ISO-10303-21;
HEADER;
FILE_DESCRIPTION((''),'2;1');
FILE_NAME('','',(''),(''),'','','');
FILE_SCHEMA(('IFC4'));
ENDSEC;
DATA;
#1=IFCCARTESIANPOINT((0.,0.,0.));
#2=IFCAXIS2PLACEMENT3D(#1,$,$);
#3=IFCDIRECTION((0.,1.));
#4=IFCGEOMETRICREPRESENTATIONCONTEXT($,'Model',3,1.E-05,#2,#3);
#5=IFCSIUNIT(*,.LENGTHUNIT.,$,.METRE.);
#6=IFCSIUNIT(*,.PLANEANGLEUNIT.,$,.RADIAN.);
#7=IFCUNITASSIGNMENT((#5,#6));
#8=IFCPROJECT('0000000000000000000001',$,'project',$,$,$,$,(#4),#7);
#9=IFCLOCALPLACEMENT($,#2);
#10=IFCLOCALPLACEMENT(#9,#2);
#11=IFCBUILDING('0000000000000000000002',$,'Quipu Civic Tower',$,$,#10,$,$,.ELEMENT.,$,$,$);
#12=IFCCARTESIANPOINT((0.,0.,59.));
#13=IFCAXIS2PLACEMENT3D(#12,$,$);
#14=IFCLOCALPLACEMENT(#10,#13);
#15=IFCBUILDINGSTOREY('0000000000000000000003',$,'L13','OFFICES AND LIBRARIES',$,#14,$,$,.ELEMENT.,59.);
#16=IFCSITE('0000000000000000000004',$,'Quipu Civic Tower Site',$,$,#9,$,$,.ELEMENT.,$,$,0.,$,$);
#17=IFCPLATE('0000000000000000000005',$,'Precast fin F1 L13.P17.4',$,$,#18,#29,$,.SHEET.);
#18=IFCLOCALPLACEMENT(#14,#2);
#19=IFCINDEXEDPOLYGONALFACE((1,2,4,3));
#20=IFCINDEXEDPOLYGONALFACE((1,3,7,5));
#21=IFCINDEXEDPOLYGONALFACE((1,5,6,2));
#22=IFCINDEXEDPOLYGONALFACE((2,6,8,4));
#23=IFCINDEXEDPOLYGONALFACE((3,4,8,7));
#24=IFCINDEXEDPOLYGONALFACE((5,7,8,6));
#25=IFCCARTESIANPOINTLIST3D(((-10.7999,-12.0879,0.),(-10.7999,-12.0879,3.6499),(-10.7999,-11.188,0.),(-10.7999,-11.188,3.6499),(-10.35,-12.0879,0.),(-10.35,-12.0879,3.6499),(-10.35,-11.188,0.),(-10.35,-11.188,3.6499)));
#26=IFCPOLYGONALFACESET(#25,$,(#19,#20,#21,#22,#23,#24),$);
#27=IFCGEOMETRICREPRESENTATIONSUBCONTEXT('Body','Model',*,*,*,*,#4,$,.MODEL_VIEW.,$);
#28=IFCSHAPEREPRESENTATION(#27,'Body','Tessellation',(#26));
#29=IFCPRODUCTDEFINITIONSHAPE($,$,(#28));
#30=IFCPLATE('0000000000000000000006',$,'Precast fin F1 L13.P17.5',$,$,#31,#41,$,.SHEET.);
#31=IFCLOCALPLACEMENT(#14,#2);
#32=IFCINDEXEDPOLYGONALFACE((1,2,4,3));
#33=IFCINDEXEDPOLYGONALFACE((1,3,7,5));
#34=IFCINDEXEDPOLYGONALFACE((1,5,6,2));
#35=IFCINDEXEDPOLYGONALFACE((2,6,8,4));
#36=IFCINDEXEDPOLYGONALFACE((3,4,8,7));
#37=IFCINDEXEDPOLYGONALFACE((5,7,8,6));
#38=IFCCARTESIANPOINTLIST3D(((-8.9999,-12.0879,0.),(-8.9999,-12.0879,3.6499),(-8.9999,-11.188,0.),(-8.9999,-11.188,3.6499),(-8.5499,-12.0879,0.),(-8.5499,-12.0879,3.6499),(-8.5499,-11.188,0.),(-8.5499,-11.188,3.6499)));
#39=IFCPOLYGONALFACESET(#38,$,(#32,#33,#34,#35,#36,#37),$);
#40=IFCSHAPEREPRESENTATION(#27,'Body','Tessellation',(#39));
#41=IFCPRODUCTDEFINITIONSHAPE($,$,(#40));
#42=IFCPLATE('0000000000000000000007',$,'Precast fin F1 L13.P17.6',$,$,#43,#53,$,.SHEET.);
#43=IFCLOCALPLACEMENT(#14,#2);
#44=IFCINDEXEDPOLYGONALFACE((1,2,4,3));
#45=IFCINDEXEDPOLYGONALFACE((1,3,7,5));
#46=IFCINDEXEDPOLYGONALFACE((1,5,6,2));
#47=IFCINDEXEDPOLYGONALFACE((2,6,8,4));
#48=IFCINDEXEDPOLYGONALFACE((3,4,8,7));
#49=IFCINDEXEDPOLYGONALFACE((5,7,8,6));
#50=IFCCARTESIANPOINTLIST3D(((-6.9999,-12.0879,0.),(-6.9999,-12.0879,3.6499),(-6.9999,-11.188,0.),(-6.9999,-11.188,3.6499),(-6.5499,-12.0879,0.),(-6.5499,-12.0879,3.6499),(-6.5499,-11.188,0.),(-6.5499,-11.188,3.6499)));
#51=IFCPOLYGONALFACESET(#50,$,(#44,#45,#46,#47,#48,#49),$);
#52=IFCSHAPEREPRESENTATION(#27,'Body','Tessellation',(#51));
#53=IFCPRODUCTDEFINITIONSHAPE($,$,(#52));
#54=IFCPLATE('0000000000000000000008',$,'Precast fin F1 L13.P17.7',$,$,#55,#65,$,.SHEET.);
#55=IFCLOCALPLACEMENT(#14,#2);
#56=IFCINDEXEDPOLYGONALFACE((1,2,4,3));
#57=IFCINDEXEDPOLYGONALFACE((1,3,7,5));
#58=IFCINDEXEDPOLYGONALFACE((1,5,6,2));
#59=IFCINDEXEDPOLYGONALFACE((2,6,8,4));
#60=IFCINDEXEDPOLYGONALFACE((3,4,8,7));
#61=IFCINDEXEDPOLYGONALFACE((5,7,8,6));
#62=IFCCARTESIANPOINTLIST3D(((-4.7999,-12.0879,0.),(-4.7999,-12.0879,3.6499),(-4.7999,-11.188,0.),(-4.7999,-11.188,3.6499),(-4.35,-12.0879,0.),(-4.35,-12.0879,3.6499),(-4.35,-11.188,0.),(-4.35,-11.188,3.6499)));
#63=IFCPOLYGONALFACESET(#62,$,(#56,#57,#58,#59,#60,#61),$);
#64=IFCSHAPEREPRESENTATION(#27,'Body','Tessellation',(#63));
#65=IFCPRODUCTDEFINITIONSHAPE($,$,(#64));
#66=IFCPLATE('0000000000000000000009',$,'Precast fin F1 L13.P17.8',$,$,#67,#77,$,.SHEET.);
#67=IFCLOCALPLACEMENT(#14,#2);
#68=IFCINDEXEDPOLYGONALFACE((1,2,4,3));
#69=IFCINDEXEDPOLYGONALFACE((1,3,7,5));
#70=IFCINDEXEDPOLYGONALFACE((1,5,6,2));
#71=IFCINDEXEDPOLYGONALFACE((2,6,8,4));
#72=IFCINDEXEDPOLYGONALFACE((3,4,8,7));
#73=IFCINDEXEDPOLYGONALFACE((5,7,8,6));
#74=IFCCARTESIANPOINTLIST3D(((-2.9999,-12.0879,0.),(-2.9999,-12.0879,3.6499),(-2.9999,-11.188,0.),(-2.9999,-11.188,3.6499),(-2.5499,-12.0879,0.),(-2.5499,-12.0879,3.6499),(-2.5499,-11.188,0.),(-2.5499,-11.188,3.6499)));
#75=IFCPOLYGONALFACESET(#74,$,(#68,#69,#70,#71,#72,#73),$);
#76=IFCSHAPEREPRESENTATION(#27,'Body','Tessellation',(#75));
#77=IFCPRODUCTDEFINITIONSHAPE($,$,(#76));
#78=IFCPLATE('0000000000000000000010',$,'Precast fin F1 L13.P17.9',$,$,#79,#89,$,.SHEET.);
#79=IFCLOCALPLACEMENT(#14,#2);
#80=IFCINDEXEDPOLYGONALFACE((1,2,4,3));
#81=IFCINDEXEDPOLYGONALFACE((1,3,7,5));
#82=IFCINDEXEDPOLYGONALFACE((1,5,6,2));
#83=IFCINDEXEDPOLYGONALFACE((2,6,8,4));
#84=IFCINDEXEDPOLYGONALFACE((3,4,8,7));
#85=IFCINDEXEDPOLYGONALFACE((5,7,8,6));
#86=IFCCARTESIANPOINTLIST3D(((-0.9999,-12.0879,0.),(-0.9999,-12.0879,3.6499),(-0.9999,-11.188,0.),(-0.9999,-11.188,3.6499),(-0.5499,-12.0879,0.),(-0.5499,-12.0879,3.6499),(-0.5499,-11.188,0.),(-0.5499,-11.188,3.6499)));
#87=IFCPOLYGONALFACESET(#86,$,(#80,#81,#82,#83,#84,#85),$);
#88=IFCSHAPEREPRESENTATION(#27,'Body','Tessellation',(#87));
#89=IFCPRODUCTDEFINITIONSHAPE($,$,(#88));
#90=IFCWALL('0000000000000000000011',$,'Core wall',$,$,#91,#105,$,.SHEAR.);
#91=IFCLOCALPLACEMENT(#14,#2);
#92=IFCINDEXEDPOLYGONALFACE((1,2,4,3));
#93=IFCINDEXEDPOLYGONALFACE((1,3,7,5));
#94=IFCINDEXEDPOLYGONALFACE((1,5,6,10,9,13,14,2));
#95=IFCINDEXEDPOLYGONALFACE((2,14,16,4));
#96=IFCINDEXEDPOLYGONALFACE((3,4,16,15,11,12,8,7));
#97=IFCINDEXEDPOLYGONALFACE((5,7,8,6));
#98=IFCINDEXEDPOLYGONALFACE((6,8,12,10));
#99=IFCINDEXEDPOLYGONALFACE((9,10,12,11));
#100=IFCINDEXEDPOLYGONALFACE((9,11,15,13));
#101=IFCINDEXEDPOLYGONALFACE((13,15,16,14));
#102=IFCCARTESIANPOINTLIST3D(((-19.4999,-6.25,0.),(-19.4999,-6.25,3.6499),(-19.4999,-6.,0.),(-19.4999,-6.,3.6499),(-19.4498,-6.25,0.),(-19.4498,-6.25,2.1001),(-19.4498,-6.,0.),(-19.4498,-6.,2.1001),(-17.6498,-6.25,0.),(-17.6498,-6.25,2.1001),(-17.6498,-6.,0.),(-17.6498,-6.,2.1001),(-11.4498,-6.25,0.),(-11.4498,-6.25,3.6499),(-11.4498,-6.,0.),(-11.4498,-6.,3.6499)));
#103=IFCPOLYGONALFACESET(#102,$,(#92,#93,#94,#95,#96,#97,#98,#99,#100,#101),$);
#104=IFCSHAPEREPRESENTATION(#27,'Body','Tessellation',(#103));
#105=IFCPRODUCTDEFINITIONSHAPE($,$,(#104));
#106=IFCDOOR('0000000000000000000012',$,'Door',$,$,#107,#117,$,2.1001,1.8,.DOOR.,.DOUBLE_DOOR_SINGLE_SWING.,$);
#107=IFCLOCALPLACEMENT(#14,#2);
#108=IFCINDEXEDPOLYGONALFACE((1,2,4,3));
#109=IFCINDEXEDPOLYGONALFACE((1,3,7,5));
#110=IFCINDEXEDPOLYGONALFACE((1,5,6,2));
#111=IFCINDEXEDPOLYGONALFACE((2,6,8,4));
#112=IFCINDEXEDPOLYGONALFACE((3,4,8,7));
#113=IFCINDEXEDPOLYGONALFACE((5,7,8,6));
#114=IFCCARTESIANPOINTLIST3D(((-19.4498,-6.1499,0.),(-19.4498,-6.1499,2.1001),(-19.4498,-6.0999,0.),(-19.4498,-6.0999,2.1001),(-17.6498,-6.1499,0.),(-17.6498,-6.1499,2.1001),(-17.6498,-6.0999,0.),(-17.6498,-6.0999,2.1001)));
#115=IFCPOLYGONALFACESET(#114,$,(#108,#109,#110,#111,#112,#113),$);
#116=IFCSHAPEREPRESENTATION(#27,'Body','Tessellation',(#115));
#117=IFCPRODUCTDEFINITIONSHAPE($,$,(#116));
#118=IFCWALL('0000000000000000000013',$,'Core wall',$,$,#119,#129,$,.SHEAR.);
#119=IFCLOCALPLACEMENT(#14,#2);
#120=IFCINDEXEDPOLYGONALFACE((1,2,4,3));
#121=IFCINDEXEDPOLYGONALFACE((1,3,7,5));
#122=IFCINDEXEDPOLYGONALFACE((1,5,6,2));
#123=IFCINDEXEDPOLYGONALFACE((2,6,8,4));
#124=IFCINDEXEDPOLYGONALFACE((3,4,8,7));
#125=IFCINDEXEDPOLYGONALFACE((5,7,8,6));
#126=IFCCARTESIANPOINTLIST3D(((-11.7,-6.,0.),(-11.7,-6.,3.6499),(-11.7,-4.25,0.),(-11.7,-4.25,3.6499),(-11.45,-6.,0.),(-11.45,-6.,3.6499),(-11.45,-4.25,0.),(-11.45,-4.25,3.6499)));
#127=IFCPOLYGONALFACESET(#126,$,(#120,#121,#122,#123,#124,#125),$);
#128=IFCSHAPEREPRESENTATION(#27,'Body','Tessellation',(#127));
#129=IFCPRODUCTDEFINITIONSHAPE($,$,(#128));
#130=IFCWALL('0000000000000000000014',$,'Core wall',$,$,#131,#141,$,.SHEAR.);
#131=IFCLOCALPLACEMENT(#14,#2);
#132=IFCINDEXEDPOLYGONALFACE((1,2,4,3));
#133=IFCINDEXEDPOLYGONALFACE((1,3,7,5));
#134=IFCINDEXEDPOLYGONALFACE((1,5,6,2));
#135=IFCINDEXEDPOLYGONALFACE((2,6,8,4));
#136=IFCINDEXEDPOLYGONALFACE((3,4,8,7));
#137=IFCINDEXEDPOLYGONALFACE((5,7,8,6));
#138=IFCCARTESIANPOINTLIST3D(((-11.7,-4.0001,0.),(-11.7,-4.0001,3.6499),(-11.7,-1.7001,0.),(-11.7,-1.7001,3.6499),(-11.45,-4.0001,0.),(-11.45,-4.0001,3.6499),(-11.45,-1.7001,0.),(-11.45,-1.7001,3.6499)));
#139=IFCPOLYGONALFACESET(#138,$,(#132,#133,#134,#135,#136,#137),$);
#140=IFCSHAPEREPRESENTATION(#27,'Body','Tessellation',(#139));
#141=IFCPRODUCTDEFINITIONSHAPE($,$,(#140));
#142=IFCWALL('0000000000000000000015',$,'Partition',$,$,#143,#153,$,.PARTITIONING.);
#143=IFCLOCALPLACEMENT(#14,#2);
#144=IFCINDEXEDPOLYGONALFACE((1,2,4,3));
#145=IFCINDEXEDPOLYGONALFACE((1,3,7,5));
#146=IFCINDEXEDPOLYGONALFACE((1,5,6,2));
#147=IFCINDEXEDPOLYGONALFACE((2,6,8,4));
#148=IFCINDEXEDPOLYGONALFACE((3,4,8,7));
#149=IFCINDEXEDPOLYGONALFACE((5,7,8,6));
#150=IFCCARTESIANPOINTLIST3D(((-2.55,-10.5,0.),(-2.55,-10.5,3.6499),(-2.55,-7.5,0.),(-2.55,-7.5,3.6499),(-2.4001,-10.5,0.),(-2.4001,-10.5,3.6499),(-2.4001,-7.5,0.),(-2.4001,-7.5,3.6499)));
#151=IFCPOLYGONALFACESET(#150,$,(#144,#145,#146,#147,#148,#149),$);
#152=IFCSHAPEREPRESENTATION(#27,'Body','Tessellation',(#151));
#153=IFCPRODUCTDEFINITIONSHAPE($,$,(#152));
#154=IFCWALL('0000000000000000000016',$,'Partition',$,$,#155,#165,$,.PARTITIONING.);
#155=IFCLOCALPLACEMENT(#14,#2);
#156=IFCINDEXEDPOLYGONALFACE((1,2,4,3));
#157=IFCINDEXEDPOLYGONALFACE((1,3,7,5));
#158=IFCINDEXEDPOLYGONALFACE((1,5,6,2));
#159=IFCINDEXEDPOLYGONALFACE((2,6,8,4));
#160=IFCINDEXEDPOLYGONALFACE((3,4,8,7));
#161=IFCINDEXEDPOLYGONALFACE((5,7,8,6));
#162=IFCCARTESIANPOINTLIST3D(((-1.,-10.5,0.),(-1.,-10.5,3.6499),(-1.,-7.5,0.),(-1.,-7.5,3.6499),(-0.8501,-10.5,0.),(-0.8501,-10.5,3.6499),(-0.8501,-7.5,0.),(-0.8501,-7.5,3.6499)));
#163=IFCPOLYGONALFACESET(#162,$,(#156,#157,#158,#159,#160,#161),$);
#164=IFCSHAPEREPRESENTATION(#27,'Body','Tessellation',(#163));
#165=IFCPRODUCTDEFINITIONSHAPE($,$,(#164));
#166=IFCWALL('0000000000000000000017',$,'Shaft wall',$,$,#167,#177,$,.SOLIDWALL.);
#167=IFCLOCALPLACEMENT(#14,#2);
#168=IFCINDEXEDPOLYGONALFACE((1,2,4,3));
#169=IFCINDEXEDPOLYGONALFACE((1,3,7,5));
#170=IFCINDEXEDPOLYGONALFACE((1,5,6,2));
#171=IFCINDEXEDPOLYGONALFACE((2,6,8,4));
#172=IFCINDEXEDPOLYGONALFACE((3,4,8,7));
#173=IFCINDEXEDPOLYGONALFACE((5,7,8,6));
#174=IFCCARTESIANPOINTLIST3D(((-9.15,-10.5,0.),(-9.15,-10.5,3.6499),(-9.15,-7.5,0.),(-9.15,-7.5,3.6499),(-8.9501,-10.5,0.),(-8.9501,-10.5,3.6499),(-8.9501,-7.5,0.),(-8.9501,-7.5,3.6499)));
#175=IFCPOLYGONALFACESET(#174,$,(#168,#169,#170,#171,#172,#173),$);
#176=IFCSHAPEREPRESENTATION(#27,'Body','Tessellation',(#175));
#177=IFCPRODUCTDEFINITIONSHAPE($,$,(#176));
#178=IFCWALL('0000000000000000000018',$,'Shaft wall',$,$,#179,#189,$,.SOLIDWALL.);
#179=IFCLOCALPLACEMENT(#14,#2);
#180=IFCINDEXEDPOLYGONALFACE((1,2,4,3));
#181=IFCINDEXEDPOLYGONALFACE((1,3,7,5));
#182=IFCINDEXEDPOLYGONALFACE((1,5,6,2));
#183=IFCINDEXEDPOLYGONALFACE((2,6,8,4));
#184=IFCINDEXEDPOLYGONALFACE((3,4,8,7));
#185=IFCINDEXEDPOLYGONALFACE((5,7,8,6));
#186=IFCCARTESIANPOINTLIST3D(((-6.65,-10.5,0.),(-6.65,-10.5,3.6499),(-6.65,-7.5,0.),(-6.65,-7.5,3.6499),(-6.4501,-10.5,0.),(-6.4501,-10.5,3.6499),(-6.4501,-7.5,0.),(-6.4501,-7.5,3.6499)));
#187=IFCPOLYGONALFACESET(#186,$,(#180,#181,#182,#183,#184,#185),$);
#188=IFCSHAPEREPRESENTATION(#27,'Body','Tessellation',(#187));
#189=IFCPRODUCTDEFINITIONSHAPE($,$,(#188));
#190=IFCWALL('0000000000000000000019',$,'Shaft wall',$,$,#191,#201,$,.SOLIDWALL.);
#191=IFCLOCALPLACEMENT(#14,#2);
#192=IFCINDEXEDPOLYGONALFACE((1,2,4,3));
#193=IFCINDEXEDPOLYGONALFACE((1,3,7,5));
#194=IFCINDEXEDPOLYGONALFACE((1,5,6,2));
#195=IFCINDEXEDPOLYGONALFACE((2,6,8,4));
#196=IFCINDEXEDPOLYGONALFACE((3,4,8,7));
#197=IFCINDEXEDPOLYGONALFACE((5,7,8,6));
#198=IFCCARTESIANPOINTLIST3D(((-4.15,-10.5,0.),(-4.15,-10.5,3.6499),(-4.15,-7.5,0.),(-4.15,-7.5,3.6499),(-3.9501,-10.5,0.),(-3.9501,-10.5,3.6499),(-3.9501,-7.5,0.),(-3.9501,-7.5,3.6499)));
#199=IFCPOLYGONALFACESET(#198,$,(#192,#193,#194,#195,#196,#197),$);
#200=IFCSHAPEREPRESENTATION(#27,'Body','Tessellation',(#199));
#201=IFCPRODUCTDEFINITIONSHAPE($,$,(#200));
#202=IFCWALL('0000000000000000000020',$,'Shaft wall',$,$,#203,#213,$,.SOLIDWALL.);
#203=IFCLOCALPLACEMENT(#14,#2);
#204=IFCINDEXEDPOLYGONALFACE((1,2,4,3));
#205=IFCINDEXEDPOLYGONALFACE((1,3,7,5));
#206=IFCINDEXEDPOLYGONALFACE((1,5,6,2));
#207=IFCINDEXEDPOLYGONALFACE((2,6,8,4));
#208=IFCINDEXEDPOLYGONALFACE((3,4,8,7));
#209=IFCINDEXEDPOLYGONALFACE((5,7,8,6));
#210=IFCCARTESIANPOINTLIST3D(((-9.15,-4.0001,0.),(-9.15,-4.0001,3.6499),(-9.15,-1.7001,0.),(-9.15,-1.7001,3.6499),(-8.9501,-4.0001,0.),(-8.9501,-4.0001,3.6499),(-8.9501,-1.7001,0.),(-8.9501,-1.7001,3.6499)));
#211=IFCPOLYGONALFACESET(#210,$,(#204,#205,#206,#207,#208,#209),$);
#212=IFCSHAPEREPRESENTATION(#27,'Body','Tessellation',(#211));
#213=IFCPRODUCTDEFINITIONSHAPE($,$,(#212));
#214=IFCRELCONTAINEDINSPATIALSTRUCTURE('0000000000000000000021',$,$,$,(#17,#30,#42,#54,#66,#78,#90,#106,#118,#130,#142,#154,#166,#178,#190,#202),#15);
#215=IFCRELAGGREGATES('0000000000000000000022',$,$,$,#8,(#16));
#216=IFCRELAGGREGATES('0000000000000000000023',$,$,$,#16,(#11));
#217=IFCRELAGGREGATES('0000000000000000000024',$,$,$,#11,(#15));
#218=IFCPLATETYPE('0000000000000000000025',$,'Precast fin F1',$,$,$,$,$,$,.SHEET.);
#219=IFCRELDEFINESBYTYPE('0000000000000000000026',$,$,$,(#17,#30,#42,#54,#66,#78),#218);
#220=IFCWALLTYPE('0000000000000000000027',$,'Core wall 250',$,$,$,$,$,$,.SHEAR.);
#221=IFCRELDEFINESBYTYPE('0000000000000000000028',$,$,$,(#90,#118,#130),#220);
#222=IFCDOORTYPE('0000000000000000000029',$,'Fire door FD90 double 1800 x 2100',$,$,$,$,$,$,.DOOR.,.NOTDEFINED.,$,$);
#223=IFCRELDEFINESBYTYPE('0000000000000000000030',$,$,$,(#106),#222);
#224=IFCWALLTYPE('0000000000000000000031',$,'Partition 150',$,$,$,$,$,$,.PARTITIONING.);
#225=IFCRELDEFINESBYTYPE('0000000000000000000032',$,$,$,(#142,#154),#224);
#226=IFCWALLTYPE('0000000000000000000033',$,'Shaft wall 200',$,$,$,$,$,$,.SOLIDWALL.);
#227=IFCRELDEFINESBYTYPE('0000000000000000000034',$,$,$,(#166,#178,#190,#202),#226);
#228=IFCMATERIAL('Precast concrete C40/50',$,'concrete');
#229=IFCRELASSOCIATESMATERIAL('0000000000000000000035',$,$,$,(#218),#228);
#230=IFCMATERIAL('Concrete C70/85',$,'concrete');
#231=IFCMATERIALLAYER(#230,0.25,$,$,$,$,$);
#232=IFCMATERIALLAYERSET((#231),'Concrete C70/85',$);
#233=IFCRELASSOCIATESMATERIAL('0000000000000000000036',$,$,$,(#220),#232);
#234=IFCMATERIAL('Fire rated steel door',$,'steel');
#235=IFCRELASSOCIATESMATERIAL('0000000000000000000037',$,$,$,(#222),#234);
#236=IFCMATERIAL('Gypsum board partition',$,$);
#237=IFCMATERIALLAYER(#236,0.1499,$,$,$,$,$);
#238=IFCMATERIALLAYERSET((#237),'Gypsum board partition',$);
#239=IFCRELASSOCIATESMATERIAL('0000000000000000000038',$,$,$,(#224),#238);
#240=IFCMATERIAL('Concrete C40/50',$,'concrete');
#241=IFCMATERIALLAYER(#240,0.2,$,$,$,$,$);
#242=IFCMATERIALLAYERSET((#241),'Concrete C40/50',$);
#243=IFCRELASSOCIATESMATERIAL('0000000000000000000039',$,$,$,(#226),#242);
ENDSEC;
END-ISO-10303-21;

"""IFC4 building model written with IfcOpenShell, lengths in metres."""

from ifc_helpers import new_model, si_unit, direction, frame, frame_2d, origin, origin_2d, place, context, subcontext, project, spatial, rectangle, extrude, material, layer, layer_set, type_object, element, fill, save


model = new_model("IFC4")

# Units and contexts
model_context = context("Model", 3, precision=1e-05, world=origin(), true_north=direction((0.0, 1.0)))
body_context = subcontext(model_context, "Body", "Model", "MODEL_VIEW")
ifc_project = project(units=[si_unit("LENGTHUNIT", "METRE"), si_unit("PLANEANGLEUNIT", "RADIAN")], contexts=[model_context])

# Site, building, storey
site_placement = place(None, origin())
site = spatial("IfcSite", under=ifc_project, at=site_placement, Name="Quipu Civic Tower Site", CompositionType="ELEMENT", RefElevation=0.0)
building_placement = place(site_placement, origin())
building = spatial("IfcBuilding", under=site, at=building_placement, Name="Quipu Civic Tower", CompositionType="ELEMENT")
storey_placement = place(building_placement, frame((0.0, 0.0, 59.0)))
storey = spatial("IfcBuildingStorey", under=building, at=storey_placement, Name="L13", Description="OFFICES AND LIBRARIES", CompositionType="ELEMENT", Elevation=59.0)

# Plates
ifc_material_1 = material(Name="Precast concrete C40/50", Category="concrete")
plate_type = type_object("IfcPlateType", Name="Precast fin F1", PredefinedType="SHEET", material=ifc_material_1)
for number, where, z_axis, x_axis, name in (
    (1, (-10.575, -11.6379, 0.0), (0.0, 0.0, 1.0), (1.0, 0.0, 0.0), "Precast fin F1 L13.P17.4"),
    (2, (-8.7749, -11.6379, 0.0), (0.0, 0.0, 1.0), (1.0, 0.0, 0.0), "Precast fin F1 L13.P17.5"),
    (3, (-6.7749, -11.6379, 0.0), (0.0, 0.0, 1.0), (1.0, 0.0, 0.0), "Precast fin F1 L13.P17.6"),
    (4, (-4.575, -11.6379, 0.0), (0.0, 0.0, 1.0), (1.0, 0.0, 0.0), "Precast fin F1 L13.P17.7"),
    (5, (-2.7749, -11.6379, 0.0), (0.0, 0.0, 1.0), (1.0, 0.0, 0.0), "Precast fin F1 L13.P17.8"),
    (6, (-0.7749, -11.6379, 0.0), (0.0, 0.0, 1.0), (1.0, 0.0, 0.0), "Precast fin F1 L13.P17.9"),
):
    element("IfcPlate", number, at=place(storey_placement, frame(where, z_axis=z_axis, x_axis=x_axis)), inside=storey, type_object=plate_type, Name=name, PredefinedType="SHEET", context=body_context, shape_type="SweptSolid", body=[
        extrude(rectangle(XDim=0.45, YDim=0.8999, at=origin_2d()), origin(), (0.0, 0.0, 1.0), 3.6499),
    ])

# Wall, opening, door
ifc_material_2 = material(Name="Concrete C70/85", Category="concrete")
ifc_layer_1 = layer(ifc_material_2, 0.25)
ifc_layer_set_1 = layer_set([ifc_layer_1], Name="Concrete C70/85")
wall_type_1 = type_object("IfcWallType", Name="Core wall 250", PredefinedType="SHEAR", material=ifc_layer_set_1)
wall_1_placement = place(storey_placement, frame((-11.45, -6.125, 0.0), z_axis=(0.0, 0.0, 1.0), x_axis=(-1.0, 0.0, 0.0)))
wall_1 = element("IfcWall", 7, at=wall_1_placement, inside=storey, type_object=wall_type_1, Name="Core wall", PredefinedType="SHEAR", context=body_context, shape_type="SweptSolid", body=[
    extrude(rectangle(XDim=8.05, YDim=0.25, at=frame_2d((4.0249, 0.0))), origin(), (0.0, 0.0, 1.0), 3.6499),
])
opening_placement = place(wall_1_placement, frame((6.2, 0.0, 0.0)))
opening = element("IfcOpeningElement", 8, at=opening_placement, cuts=wall_1, PredefinedType="OPENING", context=body_context, shape_type="SweptSolid", body=[
    extrude(rectangle(XDim=1.8, YDim=2.1001, at=frame_2d((0.8999, 1.05))), frame((0.0, 0.135, 0.0), z_axis=(0.0, -1.0, 0.0), x_axis=(1.0, 0.0, 0.0)), (0.0, 0.0, 1.0), 0.27),
])
ifc_material_3 = material(Name="Fire rated steel door", Category="steel")
door_type = type_object("IfcDoorType", Name="Fire door FD90 double 1800 x 2100", OperationType="NOTDEFINED", PredefinedType="DOOR", material=ifc_material_3)
door_placement = place(opening_placement, origin())
door = element("IfcDoor", 9, at=door_placement, inside=storey, type_object=door_type, Name="Door", OperationType="DOUBLE_DOOR_SINGLE_SWING", OverallHeight=2.1001, OverallWidth=1.8, PredefinedType="DOOR", context=body_context, shape_type="SweptSolid", body=[
    extrude(rectangle(XDim=1.8, YDim=2.1001, at=frame_2d((0.8999, 1.05))), frame((0.0, 0.0249, 0.0), z_axis=(0.0, -1.0, 0.0), x_axis=(1.0, 0.0, 0.0)), (0.0, 0.0, 1.0), 0.05),
])
fill(opening, door)

# Walls
wall_2_placement = place(storey_placement, frame((-11.575, -6.0, 0.0), z_axis=(0.0, 0.0, 1.0), x_axis=(0.0, 1.0, 0.0)))
element("IfcWall", 10, at=wall_2_placement, inside=storey, type_object=wall_type_1, Name="Core wall", PredefinedType="SHEAR", context=body_context, shape_type="SweptSolid", body=[
    extrude(rectangle(XDim=1.75, YDim=0.25, at=frame_2d((0.875, 0.0))), origin(), (0.0, 0.0, 1.0), 3.6499),
])
wall_3_placement = place(storey_placement, frame((-11.575, -4.0, 0.0), z_axis=(0.0, 0.0, 1.0), x_axis=(0.0, 1.0, 0.0)))
element("IfcWall", 11, at=wall_3_placement, inside=storey, type_object=wall_type_1, Name="Core wall", PredefinedType="SHEAR", context=body_context, shape_type="SweptSolid", body=[
    extrude(rectangle(XDim=2.3, YDim=0.25, at=frame_2d((1.1499, 0.0))), origin(), (0.0, 0.0, 1.0), 3.6499),
])
ifc_material_4 = material(Name="Gypsum board partition")
ifc_layer_2 = layer(ifc_material_4, 0.1499)
ifc_layer_set_2 = layer_set([ifc_layer_2], Name="Gypsum board partition")
wall_type_2 = type_object("IfcWallType", Name="Partition 150", PredefinedType="PARTITIONING", material=ifc_layer_set_2)
for number, where, z_axis, x_axis, name in (
    (12, (-2.4751, -10.5, 0.0), (0.0, 0.0, 1.0), (0.0, 1.0, 0.0), "Partition"),
    (13, (-0.925, -10.5, 0.0), (0.0, 0.0, 1.0), (0.0, 1.0, 0.0), "Partition"),
):
    element("IfcWall", number, at=place(storey_placement, frame(where, z_axis=z_axis, x_axis=x_axis)), inside=storey, type_object=wall_type_2, Name=name, PredefinedType="PARTITIONING", context=body_context, shape_type="SweptSolid", body=[
        extrude(rectangle(XDim=3.0, YDim=0.1499, at=frame_2d((1.5, 0.0))), origin(), (0.0, 0.0, 1.0), 3.6499),
    ])
ifc_material_5 = material(Name="Concrete C40/50", Category="concrete")
ifc_layer_3 = layer(ifc_material_5, 0.2)
ifc_layer_set_3 = layer_set([ifc_layer_3], Name="Concrete C40/50")
wall_type_3 = type_object("IfcWallType", Name="Shaft wall 200", PredefinedType="SOLIDWALL", material=ifc_layer_set_3)
for number, where, z_axis, x_axis, name in (
    (14, (-9.05, -10.5, 0.0), (0.0, 0.0, 1.0), (0.0, 1.0, 0.0), "Shaft wall"),
    (15, (-6.55, -10.5, 0.0), (0.0, 0.0, 1.0), (0.0, 1.0, 0.0), "Shaft wall"),
    (16, (-4.05, -10.5, 0.0), (0.0, 0.0, 1.0), (0.0, 1.0, 0.0), "Shaft wall"),
):
    element("IfcWall", number, at=place(storey_placement, frame(where, z_axis=z_axis, x_axis=x_axis)), inside=storey, type_object=wall_type_3, Name=name, PredefinedType="SOLIDWALL", context=body_context, shape_type="SweptSolid", body=[
        extrude(rectangle(XDim=3.0, YDim=0.2, at=frame_2d((1.5, 0.0))), origin(), (0.0, 0.0, 1.0), 3.6499),
    ])
for number, where, z_axis, x_axis, name in (
    (17, (-9.05, -4.0, 0.0), (0.0, 0.0, 1.0), (0.0, 1.0, 0.0), "Shaft wall"),
):
    element("IfcWall", number, at=place(storey_placement, frame(where, z_axis=z_axis, x_axis=x_axis)), inside=storey, type_object=wall_type_3, Name=name, PredefinedType="SOLIDWALL", context=body_context, shape_type="SweptSolid", body=[
        extrude(rectangle(XDim=2.3, YDim=0.2, at=frame_2d((1.1499, 0.0))), origin(), (0.0, 0.0, 1.0), 3.6499),
    ])

save(model, "model.ifc")
